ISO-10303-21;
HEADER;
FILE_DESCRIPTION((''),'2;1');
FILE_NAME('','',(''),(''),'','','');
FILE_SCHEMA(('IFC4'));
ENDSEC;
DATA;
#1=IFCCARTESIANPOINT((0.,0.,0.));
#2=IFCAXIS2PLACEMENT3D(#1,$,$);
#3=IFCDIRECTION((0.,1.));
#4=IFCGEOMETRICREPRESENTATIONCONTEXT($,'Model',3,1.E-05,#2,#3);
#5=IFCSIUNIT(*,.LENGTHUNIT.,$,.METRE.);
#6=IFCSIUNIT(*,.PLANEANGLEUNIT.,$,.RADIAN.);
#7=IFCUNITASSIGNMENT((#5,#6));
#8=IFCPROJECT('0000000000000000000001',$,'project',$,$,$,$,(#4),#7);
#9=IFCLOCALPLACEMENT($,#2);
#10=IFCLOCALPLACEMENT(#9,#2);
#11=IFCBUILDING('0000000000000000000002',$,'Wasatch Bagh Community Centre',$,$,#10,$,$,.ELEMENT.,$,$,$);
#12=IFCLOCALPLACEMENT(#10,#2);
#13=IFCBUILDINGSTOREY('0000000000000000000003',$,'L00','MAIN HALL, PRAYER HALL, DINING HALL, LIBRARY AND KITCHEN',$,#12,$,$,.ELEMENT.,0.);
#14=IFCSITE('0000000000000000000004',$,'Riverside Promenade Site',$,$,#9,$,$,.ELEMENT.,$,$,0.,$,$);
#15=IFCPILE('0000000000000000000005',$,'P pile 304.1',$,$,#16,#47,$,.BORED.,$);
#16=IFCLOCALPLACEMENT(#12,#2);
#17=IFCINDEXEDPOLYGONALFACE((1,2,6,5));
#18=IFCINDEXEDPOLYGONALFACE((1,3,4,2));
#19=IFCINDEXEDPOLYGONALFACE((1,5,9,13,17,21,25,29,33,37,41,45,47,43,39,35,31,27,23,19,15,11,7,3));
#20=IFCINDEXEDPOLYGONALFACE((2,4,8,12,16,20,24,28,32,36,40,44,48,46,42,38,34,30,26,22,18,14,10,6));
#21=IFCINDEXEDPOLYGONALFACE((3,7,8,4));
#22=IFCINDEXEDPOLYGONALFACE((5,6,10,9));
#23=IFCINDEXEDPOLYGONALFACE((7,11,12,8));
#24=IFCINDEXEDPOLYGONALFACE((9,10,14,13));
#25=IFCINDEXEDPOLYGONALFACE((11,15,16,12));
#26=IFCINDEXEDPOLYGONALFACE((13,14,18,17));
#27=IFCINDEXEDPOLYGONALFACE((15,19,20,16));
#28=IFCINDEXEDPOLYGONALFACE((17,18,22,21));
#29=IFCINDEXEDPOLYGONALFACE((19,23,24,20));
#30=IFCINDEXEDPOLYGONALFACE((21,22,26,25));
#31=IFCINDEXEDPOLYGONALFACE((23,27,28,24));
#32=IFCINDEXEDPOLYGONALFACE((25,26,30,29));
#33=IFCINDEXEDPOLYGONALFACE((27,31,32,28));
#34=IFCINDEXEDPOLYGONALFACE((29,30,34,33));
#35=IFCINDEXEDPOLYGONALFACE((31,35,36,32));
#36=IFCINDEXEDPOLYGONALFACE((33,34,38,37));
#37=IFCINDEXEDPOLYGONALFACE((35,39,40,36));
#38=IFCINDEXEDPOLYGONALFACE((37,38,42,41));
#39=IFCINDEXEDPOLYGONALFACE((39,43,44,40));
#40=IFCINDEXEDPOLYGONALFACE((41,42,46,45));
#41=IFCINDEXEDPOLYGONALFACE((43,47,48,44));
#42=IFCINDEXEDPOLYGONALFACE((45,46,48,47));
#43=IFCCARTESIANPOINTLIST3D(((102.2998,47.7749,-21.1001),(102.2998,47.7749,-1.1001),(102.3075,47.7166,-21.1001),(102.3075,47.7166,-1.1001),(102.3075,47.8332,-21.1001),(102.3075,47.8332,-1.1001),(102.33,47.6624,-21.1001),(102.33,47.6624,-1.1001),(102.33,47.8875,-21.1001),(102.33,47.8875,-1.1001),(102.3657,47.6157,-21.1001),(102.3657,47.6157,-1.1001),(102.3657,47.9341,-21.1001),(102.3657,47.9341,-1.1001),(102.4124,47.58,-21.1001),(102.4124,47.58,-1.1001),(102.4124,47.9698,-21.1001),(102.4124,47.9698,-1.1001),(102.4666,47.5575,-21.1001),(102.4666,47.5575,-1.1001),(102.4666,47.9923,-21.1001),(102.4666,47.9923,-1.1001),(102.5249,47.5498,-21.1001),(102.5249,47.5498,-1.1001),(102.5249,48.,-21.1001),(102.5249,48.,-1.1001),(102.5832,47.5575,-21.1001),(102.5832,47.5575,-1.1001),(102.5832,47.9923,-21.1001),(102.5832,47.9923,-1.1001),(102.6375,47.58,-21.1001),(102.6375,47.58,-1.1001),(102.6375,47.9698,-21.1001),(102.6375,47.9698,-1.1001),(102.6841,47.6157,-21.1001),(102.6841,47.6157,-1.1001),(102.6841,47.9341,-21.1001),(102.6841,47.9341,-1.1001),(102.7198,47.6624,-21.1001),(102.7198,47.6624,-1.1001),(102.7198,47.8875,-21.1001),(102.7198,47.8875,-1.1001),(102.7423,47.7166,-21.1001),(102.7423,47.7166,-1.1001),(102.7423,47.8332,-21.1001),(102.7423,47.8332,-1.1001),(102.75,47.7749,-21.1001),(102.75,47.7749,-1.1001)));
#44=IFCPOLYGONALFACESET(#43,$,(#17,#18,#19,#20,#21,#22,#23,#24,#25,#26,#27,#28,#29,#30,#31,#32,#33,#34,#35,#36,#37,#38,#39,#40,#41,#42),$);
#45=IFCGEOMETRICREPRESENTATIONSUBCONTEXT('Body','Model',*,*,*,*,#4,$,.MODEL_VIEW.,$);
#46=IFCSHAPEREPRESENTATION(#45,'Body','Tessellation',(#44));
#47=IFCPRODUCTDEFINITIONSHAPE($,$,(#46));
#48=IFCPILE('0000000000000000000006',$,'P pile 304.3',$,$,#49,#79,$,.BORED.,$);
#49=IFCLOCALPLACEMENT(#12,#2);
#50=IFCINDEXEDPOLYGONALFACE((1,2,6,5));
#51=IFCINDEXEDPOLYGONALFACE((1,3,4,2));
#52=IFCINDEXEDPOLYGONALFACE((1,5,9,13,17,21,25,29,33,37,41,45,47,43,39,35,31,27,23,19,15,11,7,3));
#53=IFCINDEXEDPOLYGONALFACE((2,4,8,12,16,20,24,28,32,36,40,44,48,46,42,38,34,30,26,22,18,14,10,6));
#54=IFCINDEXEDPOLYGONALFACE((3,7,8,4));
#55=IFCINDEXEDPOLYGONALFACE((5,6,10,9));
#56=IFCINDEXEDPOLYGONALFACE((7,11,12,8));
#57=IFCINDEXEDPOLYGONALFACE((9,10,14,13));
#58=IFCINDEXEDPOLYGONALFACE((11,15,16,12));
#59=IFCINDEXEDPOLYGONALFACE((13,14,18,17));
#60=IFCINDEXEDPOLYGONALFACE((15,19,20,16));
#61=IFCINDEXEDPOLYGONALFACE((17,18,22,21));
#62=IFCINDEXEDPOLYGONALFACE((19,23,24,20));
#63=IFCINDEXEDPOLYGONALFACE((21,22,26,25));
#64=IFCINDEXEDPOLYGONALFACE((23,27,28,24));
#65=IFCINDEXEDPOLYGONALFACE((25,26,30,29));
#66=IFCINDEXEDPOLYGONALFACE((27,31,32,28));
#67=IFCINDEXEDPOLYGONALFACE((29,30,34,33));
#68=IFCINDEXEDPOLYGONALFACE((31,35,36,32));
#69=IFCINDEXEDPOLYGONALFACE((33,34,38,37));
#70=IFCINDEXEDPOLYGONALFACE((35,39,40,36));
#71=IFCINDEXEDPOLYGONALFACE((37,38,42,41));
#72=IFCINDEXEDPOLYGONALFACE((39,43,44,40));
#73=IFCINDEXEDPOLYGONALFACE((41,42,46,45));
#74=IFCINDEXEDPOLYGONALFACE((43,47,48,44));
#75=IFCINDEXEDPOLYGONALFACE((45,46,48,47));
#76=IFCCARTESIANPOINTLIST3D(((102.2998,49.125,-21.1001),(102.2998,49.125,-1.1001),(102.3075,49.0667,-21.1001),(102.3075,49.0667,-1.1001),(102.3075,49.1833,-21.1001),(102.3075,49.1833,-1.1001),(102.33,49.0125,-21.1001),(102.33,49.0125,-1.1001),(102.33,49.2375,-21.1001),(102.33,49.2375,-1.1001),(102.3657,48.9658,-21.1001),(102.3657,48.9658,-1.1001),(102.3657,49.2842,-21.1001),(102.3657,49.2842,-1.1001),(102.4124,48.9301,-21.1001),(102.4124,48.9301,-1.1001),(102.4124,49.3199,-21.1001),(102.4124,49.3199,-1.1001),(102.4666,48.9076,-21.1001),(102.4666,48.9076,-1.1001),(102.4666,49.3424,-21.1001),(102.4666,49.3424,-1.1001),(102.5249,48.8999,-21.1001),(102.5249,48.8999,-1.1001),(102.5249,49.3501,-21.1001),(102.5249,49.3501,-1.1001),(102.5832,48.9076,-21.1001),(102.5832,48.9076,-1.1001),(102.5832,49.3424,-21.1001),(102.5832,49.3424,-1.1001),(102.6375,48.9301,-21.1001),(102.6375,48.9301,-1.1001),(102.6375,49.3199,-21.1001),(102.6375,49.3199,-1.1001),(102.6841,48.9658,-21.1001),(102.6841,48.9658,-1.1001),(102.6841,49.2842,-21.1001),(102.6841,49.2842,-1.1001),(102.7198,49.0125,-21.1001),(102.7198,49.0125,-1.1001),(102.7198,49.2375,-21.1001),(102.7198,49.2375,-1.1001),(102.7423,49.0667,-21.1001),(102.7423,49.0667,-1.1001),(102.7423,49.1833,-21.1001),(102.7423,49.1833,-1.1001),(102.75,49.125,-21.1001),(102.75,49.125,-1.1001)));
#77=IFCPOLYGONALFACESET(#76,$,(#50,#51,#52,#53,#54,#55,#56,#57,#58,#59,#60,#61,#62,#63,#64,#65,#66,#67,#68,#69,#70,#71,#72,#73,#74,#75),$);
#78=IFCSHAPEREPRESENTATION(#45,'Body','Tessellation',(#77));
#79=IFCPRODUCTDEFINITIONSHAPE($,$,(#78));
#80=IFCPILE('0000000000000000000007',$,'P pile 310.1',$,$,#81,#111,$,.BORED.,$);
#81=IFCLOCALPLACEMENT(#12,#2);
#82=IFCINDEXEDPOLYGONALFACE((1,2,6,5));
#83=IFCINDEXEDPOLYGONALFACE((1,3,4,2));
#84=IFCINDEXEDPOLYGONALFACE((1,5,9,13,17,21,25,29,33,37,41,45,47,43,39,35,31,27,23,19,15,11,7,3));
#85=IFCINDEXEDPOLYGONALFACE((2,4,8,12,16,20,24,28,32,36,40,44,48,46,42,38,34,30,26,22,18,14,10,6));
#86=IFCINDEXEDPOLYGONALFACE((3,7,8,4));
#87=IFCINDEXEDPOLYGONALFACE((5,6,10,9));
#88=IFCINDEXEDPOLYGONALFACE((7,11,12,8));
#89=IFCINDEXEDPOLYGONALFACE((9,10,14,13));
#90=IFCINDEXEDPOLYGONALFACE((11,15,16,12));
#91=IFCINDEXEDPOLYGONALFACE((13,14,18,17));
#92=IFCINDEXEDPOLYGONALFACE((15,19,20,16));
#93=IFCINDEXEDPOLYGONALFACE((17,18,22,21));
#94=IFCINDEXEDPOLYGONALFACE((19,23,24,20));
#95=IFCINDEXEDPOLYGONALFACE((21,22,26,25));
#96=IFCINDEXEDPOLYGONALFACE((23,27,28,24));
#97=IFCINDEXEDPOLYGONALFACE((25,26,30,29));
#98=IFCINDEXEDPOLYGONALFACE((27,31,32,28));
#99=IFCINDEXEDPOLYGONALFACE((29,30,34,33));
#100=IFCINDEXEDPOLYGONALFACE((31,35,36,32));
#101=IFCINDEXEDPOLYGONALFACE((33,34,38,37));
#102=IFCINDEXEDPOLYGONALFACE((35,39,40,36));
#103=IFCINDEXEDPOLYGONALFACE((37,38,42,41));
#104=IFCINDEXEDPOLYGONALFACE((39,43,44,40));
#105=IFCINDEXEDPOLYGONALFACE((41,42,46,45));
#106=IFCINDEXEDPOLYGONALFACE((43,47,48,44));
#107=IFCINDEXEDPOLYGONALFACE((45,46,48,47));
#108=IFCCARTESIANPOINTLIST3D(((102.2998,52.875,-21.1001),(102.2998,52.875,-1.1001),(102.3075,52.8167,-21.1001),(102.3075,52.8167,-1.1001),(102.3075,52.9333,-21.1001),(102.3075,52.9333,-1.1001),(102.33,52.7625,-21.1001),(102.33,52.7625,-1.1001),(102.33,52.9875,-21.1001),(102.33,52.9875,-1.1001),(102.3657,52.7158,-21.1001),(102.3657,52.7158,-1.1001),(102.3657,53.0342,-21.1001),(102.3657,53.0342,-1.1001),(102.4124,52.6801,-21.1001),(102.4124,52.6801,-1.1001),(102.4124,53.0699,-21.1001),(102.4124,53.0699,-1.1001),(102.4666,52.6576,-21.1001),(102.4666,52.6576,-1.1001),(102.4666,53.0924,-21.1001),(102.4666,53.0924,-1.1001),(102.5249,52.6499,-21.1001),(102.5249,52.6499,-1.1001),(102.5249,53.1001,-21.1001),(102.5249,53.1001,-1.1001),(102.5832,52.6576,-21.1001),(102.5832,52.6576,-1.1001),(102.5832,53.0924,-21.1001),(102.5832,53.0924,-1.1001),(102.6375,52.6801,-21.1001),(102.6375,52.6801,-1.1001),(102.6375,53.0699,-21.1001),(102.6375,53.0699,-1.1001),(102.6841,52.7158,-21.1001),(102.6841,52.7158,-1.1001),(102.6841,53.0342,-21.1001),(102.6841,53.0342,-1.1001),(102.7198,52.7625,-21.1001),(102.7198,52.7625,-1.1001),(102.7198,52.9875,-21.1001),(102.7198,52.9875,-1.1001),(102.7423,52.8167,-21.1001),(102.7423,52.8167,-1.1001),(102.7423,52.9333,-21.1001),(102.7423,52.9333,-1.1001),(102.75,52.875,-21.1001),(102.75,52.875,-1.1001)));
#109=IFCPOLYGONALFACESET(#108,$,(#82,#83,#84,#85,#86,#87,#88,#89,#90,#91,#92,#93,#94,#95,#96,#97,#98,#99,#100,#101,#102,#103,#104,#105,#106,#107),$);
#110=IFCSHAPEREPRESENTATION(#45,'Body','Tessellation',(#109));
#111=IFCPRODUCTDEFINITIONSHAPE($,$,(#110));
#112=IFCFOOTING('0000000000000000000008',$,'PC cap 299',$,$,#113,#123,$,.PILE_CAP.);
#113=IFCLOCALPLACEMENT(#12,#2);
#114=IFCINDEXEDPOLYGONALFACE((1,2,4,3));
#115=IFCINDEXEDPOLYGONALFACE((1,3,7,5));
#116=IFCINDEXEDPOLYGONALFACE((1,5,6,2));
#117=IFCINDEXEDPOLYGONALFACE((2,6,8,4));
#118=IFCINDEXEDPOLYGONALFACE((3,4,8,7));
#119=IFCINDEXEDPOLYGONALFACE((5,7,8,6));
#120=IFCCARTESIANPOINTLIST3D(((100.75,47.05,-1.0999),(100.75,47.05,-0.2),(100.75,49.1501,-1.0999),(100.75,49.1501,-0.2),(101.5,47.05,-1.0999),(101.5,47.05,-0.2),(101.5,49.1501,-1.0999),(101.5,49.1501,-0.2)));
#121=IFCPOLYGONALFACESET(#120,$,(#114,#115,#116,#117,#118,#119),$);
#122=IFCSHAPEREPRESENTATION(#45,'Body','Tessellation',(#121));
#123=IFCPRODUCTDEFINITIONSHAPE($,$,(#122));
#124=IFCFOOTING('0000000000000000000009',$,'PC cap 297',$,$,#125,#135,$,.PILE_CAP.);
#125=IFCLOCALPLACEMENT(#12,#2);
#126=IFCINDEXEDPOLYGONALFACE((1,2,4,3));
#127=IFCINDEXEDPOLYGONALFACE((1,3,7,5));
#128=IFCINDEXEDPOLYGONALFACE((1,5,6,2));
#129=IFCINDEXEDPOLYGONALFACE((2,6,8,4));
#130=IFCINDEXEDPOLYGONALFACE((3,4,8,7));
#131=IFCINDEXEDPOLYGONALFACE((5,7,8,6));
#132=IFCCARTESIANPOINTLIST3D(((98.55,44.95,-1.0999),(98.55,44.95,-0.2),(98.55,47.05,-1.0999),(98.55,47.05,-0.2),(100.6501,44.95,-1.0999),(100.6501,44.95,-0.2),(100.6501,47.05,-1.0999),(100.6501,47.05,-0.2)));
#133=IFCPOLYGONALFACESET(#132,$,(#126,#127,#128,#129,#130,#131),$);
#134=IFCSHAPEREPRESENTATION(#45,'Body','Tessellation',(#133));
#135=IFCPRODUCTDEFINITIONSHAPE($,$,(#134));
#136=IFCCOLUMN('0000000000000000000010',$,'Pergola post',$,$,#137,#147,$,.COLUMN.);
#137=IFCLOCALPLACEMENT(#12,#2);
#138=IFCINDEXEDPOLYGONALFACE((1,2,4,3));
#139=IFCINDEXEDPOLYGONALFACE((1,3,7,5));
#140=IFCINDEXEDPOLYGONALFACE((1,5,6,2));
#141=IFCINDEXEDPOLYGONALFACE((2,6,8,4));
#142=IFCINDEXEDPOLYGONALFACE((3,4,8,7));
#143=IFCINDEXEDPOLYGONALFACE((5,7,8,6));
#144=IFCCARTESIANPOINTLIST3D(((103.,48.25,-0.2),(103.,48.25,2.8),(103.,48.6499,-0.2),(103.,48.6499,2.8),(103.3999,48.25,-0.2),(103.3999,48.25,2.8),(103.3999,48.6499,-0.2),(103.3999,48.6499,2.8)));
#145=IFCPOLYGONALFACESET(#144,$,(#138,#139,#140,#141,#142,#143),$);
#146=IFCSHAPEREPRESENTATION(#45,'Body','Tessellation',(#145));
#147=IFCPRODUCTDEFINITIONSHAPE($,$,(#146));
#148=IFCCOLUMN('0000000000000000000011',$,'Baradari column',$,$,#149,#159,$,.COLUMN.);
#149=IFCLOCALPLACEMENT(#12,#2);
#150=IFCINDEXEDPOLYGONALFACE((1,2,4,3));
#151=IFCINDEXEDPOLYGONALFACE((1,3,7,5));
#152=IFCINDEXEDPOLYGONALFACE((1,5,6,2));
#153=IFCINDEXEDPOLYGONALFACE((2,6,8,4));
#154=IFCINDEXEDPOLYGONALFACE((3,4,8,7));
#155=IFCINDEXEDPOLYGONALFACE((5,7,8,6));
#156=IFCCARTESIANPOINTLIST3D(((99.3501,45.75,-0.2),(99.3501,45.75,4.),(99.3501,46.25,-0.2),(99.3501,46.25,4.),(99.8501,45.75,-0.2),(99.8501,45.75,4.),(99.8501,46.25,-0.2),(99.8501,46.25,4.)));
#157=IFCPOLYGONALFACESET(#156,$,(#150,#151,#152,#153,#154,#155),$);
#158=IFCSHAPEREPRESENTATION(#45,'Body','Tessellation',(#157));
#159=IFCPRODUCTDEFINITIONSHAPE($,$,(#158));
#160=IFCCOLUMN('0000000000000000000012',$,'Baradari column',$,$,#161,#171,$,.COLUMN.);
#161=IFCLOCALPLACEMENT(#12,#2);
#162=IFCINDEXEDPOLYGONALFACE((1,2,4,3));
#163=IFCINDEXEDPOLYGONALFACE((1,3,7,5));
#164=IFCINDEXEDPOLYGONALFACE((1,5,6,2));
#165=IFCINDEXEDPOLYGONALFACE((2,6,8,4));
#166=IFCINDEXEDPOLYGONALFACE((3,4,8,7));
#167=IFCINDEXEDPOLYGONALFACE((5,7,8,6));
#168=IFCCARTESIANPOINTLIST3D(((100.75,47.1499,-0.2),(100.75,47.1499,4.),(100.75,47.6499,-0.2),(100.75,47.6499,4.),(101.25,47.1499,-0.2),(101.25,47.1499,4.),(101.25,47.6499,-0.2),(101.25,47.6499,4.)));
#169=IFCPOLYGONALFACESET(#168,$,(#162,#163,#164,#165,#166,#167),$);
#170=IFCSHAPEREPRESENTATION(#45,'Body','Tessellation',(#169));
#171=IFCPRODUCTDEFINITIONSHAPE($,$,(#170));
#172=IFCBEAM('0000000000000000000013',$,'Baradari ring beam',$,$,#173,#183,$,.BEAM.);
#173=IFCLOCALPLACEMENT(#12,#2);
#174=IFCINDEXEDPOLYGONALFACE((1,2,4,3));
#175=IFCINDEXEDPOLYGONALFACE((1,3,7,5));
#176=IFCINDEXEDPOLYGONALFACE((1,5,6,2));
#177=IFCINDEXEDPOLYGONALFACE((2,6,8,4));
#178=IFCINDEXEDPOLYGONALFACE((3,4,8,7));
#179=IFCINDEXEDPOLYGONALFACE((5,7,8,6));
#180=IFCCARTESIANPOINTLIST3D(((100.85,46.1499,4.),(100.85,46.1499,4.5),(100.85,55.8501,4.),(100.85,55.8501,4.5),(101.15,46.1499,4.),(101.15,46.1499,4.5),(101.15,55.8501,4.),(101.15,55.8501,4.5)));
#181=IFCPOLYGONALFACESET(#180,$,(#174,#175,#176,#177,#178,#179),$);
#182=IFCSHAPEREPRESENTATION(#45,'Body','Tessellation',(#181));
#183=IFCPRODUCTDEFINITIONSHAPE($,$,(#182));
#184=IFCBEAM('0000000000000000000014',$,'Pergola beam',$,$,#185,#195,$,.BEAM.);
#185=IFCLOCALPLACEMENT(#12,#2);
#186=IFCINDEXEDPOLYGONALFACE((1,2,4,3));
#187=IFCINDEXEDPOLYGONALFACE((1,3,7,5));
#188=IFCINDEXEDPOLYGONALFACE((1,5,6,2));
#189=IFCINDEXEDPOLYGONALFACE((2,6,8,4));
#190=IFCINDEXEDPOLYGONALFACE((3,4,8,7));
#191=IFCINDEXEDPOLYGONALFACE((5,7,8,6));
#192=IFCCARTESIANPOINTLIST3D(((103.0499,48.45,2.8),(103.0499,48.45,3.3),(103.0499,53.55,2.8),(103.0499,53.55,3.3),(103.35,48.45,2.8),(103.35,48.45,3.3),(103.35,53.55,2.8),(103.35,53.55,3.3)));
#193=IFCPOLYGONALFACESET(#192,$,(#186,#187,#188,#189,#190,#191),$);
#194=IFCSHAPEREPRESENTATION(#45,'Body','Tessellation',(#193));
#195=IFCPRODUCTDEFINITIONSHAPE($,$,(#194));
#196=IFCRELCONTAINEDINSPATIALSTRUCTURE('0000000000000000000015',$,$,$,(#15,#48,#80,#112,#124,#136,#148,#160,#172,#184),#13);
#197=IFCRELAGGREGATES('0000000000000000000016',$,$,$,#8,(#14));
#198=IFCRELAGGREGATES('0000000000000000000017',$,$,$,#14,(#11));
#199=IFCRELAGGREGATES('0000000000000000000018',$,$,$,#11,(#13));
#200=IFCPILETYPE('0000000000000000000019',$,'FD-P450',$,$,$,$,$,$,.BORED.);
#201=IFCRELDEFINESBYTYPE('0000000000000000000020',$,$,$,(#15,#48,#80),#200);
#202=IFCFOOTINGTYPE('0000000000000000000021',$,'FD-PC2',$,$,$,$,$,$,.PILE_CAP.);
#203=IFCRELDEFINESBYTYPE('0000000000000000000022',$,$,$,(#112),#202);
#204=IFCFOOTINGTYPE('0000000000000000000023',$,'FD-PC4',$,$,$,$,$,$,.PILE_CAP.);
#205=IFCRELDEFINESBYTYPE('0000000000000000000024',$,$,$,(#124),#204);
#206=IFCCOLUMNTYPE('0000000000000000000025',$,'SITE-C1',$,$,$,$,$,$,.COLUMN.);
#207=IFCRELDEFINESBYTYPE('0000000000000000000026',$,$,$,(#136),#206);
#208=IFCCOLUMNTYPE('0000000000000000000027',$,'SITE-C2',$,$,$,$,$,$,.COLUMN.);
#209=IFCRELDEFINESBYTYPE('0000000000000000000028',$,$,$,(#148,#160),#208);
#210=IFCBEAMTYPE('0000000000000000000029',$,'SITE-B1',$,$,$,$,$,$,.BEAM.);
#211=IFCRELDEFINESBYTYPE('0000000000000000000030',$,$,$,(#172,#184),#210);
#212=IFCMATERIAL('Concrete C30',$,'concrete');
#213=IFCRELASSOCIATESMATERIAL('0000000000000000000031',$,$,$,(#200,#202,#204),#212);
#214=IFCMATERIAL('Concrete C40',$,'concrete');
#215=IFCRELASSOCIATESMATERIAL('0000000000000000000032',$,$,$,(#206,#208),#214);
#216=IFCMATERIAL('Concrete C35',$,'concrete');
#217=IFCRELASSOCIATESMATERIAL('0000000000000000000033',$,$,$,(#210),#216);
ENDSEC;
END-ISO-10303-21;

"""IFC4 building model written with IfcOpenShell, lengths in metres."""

from ifc_helpers import new_model, si_unit, direction, frame, origin, origin_2d, place, context, subcontext, project, spatial, rectangle, circle, extrude, material, material_profile, profile_set, type_object, element, save


model = new_model("IFC4")

# Units and contexts
model_context = context("Model", 3, precision=1e-05, world=origin(), true_north=direction((0.0, 1.0)))
body_context = subcontext(model_context, "Body", "Model", "MODEL_VIEW")
ifc_project = project(units=[si_unit("LENGTHUNIT", "METRE"), si_unit("PLANEANGLEUNIT", "RADIAN")], contexts=[model_context])

# Site, building, storey
site_placement = place(None, origin())
site = spatial("IfcSite", under=ifc_project, at=site_placement, Name="Riverside Promenade Site", CompositionType="ELEMENT", RefElevation=0.0)
building_placement = place(site_placement, origin())
building = spatial("IfcBuilding", under=site, at=building_placement, Name="Wasatch Bagh Community Centre", CompositionType="ELEMENT")
storey_placement = place(building_placement, origin())
storey = spatial("IfcBuildingStorey", under=building, at=storey_placement, Name="L00", Description="MAIN HALL, PRAYER HALL, DINING HALL, LIBRARY AND KITCHEN", CompositionType="ELEMENT", Elevation=0.0)

# Shared definitions
ifc_material_1 = material(Name="Concrete C35", Category="concrete")

# Piles
ifc_material_2 = material(Name="Concrete C30", Category="concrete")
ifc_material_profile_1 = material_profile(ifc_material_2, circle(Radius=0.2251, at=origin_2d()), Name="RC D450")
ifc_profile_set_1 = profile_set([ifc_material_profile_1], Name="Concrete C30")
pile_type = type_object("IfcPileType", Name="FD-P450", PredefinedType="BORED", material=ifc_profile_set_1)
for number, where, z_axis, x_axis, name in (
    (1, (102.5249, 47.7749, -1.1001), (0.0, 0.0, -1.0), (1.0, 0.0, 0.0), "P pile 304.1"),
    (2, (102.5249, 49.125, -1.1001), (0.0, 0.0, -1.0), (1.0, 0.0, 0.0), "P pile 304.3"),
    (3, (102.5249, 52.875, -1.1001), (0.0, 0.0, -1.0), (1.0, 0.0, 0.0), "P pile 310.1"),
):
    element("IfcPile", number, at=place(storey_placement, frame(where, z_axis=z_axis, x_axis=x_axis)), inside=storey, type_object=pile_type, Name=name, PredefinedType="BORED", context=body_context, shape_type="SweptSolid", body=[
        extrude(circle(Radius=0.2251, at=origin_2d()), origin(), (0.0, 0.0, 1.0), 20.0),
    ])

# Footings
footing_type_1 = type_object("IfcFootingType", Name="FD-PC2", PredefinedType="PILE_CAP", material=ifc_material_2)
footing_1_placement = place(storey_placement, frame((101.125, 48.1001, -1.0999), z_axis=(0.0, 0.0, 1.0), x_axis=(0.0, 1.0, 0.0)))
element("IfcFooting", 4, at=footing_1_placement, inside=storey, type_object=footing_type_1, Name="PC cap 299", PredefinedType="PILE_CAP", context=body_context, shape_type="SweptSolid", body=[
    extrude(rectangle(XDim=2.1001, YDim=0.75, at=origin_2d()), origin(), (0.0, 0.0, 1.0), 0.8999),
])
footing_type_2 = type_object("IfcFootingType", Name="FD-PC4", PredefinedType="PILE_CAP", material=ifc_material_2)
footing_2_placement = place(storey_placement, frame((99.6001, 46.0, -1.0999), z_axis=(0.0, 0.0, 1.0), x_axis=(1.0, 0.0, 0.0)))
element("IfcFooting", 5, at=footing_2_placement, inside=storey, type_object=footing_type_2, Name="PC cap 297", PredefinedType="PILE_CAP", context=body_context, shape_type="SweptSolid", body=[
    extrude(rectangle(XDim=2.1001, YDim=2.1001, at=origin_2d()), origin(), (0.0, 0.0, 1.0), 0.8999),
])

# Columns
ifc_material_3 = material(Name="Concrete C40", Category="concrete")
ifc_material_profile_2 = material_profile(ifc_material_3, rectangle(XDim=0.3999, YDim=0.3999, at=origin_2d()), Name="RC 400x400")
ifc_profile_set_2 = profile_set([ifc_material_profile_2], Name="Concrete C40")
column_type_1 = type_object("IfcColumnType", Name="SITE-C1", PredefinedType="COLUMN", material=ifc_profile_set_2)
column_placement = place(storey_placement, frame((103.2, 48.45, -0.2), z_axis=(0.0, 0.0, 1.0), x_axis=(1.0, 0.0, 0.0)))
element("IfcColumn", 6, at=column_placement, inside=storey, type_object=column_type_1, Name="Pergola post", PredefinedType="COLUMN", context=body_context, shape_type="SweptSolid", body=[
    extrude(rectangle(XDim=0.3999, YDim=0.3999, at=origin_2d()), origin(), (0.0, 0.0, 1.0), 3.0),
])
ifc_material_profile_3 = material_profile(ifc_material_3, rectangle(XDim=0.5, YDim=0.5, at=origin_2d()), Name="RC 500x500")
ifc_profile_set_3 = profile_set([ifc_material_profile_3], Name="Concrete C40")
column_type_2 = type_object("IfcColumnType", Name="SITE-C2", PredefinedType="COLUMN", material=ifc_profile_set_3)
for number, where, z_axis, x_axis, name in (
    (7, (99.6001, 46.0, -0.2), (0.0, 0.0, 1.0), (1.0, 0.0, 0.0), "Baradari column"),
    (8, (101.0, 47.3999, -0.2), (0.0, 0.0, 1.0), (1.0, 0.0, 0.0), "Baradari column"),
):
    element("IfcColumn", number, at=place(storey_placement, frame(where, z_axis=z_axis, x_axis=x_axis)), inside=storey, type_object=column_type_2, Name=name, PredefinedType="COLUMN", context=body_context, shape_type="SweptSolid", body=[
        extrude(rectangle(XDim=0.5, YDim=0.5, at=origin_2d()), origin(), (0.0, 0.0, 1.0), 4.2),
    ])

# Beams
ifc_material_profile_4 = material_profile(ifc_material_1, rectangle(XDim=0.3, YDim=0.5, at=origin_2d()), Name="RC 300x500")
ifc_profile_set_4 = profile_set([ifc_material_profile_4], Name="Concrete C35")
beam_type = type_object("IfcBeamType", Name="SITE-B1", PredefinedType="BEAM", material=ifc_profile_set_4)
beam_1_placement = place(storey_placement, frame((101.0, 46.1499, 4.25), z_axis=(0.0, 1.0, 0.0), x_axis=(-1.0, 0.0, 0.0)))
element("IfcBeam", 9, at=beam_1_placement, inside=storey, type_object=beam_type, Name="Baradari ring beam", PredefinedType="BEAM", context=body_context, shape_type="SweptSolid", body=[
    extrude(rectangle(XDim=0.3, YDim=0.5, at=origin_2d()), origin(), (0.0, 0.0, 1.0), 9.7002),
])
beam_2_placement = place(storey_placement, frame((103.2, 48.45, 3.05), z_axis=(0.0, 1.0, 0.0), x_axis=(-1.0, 0.0, 0.0)))
element("IfcBeam", 10, at=beam_2_placement, inside=storey, type_object=beam_type, Name="Pergola beam", PredefinedType="BEAM", context=body_context, shape_type="SweptSolid", body=[
    extrude(rectangle(XDim=0.3, YDim=0.5, at=origin_2d()), origin(), (0.0, 0.0, 1.0), 5.1001),
])

save(model, "model.ifc")
